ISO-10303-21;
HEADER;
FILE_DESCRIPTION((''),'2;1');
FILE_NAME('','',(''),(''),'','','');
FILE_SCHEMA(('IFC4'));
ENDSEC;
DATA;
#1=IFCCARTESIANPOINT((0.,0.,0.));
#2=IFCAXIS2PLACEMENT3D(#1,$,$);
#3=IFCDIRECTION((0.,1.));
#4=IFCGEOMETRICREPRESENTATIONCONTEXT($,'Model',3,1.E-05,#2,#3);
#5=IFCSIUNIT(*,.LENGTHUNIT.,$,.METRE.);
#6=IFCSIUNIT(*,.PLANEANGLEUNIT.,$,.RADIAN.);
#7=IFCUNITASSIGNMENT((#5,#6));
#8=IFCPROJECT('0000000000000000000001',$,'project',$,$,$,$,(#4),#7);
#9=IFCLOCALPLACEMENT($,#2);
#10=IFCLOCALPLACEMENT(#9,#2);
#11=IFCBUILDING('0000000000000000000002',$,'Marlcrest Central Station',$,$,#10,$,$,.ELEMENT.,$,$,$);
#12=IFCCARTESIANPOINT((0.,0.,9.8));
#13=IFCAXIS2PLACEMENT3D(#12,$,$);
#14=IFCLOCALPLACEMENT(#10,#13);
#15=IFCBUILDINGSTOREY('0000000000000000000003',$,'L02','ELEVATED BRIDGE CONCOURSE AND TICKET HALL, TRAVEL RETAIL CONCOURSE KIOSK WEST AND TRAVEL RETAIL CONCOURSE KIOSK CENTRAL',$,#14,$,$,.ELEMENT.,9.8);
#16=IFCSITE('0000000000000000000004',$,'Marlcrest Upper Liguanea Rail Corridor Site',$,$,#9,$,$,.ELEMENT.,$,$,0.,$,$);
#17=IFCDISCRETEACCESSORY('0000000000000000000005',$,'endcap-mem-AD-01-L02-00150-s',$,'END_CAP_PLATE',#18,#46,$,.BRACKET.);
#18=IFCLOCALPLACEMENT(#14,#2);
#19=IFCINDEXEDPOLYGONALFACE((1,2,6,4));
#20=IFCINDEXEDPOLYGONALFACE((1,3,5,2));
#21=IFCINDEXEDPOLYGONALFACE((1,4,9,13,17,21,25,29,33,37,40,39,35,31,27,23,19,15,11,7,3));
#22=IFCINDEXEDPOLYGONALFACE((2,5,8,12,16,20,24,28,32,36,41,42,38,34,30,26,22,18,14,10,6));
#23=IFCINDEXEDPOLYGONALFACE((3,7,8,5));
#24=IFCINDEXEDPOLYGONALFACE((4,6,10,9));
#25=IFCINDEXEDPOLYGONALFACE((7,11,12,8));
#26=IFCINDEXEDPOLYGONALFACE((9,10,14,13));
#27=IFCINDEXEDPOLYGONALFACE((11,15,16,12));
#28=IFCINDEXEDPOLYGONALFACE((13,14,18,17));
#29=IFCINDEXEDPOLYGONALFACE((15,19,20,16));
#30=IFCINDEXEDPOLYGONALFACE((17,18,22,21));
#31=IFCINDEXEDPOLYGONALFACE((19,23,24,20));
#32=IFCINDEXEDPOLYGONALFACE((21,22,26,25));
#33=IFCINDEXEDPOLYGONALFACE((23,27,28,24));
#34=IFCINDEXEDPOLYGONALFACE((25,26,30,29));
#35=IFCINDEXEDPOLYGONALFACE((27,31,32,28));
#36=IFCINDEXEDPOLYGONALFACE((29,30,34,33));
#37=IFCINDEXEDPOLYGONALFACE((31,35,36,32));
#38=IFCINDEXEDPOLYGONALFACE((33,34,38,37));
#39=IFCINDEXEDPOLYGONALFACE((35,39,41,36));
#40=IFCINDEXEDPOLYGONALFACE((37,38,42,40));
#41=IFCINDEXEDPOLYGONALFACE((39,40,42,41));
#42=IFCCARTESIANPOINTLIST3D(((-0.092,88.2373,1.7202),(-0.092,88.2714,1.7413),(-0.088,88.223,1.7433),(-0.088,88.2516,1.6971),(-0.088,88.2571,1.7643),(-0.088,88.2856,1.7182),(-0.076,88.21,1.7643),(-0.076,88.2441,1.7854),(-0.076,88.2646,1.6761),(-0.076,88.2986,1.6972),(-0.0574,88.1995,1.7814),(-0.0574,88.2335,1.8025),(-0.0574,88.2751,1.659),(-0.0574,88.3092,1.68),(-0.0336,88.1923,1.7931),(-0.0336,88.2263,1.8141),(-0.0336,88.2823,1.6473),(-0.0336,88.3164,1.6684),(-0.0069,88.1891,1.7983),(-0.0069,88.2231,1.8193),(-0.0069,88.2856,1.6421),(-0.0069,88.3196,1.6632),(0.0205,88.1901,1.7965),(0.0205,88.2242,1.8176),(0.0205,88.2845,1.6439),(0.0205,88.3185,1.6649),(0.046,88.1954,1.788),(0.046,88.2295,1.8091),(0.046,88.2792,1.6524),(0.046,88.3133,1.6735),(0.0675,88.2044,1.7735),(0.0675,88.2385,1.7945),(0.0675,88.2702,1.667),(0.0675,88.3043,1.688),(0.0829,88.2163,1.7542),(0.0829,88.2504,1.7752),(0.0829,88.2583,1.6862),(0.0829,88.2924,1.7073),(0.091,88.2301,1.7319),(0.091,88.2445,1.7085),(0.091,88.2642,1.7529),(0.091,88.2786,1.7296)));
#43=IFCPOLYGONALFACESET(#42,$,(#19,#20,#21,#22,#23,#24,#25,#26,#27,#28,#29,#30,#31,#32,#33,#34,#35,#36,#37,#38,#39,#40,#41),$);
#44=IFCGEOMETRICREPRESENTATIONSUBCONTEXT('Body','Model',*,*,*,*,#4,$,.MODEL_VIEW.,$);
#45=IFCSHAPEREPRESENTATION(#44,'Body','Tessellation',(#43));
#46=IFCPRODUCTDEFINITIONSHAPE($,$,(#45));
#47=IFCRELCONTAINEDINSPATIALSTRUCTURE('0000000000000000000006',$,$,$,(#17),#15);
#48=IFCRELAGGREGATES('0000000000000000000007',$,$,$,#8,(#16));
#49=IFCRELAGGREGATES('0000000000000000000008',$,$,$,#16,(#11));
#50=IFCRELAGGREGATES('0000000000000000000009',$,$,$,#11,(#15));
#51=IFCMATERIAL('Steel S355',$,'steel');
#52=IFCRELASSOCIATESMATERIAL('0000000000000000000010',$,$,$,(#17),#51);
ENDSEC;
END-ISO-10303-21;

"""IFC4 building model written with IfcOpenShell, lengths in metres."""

from ifc_helpers import new_model, si_unit, direction, frame, origin, origin_2d, place, context, subcontext, project, spatial, circle, extrude, material, element, save


model = new_model("IFC4")

# Units and contexts
model_context = context("Model", 3, precision=1e-05, world=origin(), true_north=direction((0.0, 1.0)))
body_context = subcontext(model_context, "Body", "Model", "MODEL_VIEW")
ifc_project = project(units=[si_unit("LENGTHUNIT", "METRE"), si_unit("PLANEANGLEUNIT", "RADIAN")], contexts=[model_context])

# Site, building, storey
site_placement = place(None, origin())
site = spatial("IfcSite", under=ifc_project, at=site_placement, Name="Marlcrest Upper Liguanea Rail Corridor Site", CompositionType="ELEMENT", RefElevation=0.0)
building_placement = place(site_placement, origin())
building = spatial("IfcBuilding", under=site, at=building_placement, Name="Marlcrest Central Station", CompositionType="ELEMENT")
storey_placement = place(building_placement, frame((0.0, 0.0, 9.8)))
storey = spatial("IfcBuildingStorey", under=building, at=storey_placement, Name="L02", Description="ELEVATED BRIDGE CONCOURSE AND TICKET HALL, TRAVEL RETAIL CONCOURSE KIOSK WEST AND TRAVEL RETAIL CONCOURSE KIOSK CENTRAL", CompositionType="ELEMENT", Elevation=9.8)

# Shared definitions
ifc_material_1 = material(Name="Steel S355", Category="steel")

# Discrete accessory
discrete_accessory_1_placement = place(storey_placement, frame((0.0, 88.2373, 1.7202), z_axis=(0.0, 0.850687, 0.525672), x_axis=(-1.0, 0.0, 0.0)))
element("IfcDiscreteAccessory", 1, at=discrete_accessory_1_placement, inside=storey, material=ifc_material_1, Name="endcap-mem-AD-01-L02-00150-s", ObjectType="END_CAP_PLATE", PredefinedType="BRACKET", context=body_context, shape_type="SweptSolid", body=[
    extrude(circle(Radius=0.092, at=origin_2d()), origin(), (0.0, 0.0, 1.0), 0.04),
])

save(model, "model.ifc")
